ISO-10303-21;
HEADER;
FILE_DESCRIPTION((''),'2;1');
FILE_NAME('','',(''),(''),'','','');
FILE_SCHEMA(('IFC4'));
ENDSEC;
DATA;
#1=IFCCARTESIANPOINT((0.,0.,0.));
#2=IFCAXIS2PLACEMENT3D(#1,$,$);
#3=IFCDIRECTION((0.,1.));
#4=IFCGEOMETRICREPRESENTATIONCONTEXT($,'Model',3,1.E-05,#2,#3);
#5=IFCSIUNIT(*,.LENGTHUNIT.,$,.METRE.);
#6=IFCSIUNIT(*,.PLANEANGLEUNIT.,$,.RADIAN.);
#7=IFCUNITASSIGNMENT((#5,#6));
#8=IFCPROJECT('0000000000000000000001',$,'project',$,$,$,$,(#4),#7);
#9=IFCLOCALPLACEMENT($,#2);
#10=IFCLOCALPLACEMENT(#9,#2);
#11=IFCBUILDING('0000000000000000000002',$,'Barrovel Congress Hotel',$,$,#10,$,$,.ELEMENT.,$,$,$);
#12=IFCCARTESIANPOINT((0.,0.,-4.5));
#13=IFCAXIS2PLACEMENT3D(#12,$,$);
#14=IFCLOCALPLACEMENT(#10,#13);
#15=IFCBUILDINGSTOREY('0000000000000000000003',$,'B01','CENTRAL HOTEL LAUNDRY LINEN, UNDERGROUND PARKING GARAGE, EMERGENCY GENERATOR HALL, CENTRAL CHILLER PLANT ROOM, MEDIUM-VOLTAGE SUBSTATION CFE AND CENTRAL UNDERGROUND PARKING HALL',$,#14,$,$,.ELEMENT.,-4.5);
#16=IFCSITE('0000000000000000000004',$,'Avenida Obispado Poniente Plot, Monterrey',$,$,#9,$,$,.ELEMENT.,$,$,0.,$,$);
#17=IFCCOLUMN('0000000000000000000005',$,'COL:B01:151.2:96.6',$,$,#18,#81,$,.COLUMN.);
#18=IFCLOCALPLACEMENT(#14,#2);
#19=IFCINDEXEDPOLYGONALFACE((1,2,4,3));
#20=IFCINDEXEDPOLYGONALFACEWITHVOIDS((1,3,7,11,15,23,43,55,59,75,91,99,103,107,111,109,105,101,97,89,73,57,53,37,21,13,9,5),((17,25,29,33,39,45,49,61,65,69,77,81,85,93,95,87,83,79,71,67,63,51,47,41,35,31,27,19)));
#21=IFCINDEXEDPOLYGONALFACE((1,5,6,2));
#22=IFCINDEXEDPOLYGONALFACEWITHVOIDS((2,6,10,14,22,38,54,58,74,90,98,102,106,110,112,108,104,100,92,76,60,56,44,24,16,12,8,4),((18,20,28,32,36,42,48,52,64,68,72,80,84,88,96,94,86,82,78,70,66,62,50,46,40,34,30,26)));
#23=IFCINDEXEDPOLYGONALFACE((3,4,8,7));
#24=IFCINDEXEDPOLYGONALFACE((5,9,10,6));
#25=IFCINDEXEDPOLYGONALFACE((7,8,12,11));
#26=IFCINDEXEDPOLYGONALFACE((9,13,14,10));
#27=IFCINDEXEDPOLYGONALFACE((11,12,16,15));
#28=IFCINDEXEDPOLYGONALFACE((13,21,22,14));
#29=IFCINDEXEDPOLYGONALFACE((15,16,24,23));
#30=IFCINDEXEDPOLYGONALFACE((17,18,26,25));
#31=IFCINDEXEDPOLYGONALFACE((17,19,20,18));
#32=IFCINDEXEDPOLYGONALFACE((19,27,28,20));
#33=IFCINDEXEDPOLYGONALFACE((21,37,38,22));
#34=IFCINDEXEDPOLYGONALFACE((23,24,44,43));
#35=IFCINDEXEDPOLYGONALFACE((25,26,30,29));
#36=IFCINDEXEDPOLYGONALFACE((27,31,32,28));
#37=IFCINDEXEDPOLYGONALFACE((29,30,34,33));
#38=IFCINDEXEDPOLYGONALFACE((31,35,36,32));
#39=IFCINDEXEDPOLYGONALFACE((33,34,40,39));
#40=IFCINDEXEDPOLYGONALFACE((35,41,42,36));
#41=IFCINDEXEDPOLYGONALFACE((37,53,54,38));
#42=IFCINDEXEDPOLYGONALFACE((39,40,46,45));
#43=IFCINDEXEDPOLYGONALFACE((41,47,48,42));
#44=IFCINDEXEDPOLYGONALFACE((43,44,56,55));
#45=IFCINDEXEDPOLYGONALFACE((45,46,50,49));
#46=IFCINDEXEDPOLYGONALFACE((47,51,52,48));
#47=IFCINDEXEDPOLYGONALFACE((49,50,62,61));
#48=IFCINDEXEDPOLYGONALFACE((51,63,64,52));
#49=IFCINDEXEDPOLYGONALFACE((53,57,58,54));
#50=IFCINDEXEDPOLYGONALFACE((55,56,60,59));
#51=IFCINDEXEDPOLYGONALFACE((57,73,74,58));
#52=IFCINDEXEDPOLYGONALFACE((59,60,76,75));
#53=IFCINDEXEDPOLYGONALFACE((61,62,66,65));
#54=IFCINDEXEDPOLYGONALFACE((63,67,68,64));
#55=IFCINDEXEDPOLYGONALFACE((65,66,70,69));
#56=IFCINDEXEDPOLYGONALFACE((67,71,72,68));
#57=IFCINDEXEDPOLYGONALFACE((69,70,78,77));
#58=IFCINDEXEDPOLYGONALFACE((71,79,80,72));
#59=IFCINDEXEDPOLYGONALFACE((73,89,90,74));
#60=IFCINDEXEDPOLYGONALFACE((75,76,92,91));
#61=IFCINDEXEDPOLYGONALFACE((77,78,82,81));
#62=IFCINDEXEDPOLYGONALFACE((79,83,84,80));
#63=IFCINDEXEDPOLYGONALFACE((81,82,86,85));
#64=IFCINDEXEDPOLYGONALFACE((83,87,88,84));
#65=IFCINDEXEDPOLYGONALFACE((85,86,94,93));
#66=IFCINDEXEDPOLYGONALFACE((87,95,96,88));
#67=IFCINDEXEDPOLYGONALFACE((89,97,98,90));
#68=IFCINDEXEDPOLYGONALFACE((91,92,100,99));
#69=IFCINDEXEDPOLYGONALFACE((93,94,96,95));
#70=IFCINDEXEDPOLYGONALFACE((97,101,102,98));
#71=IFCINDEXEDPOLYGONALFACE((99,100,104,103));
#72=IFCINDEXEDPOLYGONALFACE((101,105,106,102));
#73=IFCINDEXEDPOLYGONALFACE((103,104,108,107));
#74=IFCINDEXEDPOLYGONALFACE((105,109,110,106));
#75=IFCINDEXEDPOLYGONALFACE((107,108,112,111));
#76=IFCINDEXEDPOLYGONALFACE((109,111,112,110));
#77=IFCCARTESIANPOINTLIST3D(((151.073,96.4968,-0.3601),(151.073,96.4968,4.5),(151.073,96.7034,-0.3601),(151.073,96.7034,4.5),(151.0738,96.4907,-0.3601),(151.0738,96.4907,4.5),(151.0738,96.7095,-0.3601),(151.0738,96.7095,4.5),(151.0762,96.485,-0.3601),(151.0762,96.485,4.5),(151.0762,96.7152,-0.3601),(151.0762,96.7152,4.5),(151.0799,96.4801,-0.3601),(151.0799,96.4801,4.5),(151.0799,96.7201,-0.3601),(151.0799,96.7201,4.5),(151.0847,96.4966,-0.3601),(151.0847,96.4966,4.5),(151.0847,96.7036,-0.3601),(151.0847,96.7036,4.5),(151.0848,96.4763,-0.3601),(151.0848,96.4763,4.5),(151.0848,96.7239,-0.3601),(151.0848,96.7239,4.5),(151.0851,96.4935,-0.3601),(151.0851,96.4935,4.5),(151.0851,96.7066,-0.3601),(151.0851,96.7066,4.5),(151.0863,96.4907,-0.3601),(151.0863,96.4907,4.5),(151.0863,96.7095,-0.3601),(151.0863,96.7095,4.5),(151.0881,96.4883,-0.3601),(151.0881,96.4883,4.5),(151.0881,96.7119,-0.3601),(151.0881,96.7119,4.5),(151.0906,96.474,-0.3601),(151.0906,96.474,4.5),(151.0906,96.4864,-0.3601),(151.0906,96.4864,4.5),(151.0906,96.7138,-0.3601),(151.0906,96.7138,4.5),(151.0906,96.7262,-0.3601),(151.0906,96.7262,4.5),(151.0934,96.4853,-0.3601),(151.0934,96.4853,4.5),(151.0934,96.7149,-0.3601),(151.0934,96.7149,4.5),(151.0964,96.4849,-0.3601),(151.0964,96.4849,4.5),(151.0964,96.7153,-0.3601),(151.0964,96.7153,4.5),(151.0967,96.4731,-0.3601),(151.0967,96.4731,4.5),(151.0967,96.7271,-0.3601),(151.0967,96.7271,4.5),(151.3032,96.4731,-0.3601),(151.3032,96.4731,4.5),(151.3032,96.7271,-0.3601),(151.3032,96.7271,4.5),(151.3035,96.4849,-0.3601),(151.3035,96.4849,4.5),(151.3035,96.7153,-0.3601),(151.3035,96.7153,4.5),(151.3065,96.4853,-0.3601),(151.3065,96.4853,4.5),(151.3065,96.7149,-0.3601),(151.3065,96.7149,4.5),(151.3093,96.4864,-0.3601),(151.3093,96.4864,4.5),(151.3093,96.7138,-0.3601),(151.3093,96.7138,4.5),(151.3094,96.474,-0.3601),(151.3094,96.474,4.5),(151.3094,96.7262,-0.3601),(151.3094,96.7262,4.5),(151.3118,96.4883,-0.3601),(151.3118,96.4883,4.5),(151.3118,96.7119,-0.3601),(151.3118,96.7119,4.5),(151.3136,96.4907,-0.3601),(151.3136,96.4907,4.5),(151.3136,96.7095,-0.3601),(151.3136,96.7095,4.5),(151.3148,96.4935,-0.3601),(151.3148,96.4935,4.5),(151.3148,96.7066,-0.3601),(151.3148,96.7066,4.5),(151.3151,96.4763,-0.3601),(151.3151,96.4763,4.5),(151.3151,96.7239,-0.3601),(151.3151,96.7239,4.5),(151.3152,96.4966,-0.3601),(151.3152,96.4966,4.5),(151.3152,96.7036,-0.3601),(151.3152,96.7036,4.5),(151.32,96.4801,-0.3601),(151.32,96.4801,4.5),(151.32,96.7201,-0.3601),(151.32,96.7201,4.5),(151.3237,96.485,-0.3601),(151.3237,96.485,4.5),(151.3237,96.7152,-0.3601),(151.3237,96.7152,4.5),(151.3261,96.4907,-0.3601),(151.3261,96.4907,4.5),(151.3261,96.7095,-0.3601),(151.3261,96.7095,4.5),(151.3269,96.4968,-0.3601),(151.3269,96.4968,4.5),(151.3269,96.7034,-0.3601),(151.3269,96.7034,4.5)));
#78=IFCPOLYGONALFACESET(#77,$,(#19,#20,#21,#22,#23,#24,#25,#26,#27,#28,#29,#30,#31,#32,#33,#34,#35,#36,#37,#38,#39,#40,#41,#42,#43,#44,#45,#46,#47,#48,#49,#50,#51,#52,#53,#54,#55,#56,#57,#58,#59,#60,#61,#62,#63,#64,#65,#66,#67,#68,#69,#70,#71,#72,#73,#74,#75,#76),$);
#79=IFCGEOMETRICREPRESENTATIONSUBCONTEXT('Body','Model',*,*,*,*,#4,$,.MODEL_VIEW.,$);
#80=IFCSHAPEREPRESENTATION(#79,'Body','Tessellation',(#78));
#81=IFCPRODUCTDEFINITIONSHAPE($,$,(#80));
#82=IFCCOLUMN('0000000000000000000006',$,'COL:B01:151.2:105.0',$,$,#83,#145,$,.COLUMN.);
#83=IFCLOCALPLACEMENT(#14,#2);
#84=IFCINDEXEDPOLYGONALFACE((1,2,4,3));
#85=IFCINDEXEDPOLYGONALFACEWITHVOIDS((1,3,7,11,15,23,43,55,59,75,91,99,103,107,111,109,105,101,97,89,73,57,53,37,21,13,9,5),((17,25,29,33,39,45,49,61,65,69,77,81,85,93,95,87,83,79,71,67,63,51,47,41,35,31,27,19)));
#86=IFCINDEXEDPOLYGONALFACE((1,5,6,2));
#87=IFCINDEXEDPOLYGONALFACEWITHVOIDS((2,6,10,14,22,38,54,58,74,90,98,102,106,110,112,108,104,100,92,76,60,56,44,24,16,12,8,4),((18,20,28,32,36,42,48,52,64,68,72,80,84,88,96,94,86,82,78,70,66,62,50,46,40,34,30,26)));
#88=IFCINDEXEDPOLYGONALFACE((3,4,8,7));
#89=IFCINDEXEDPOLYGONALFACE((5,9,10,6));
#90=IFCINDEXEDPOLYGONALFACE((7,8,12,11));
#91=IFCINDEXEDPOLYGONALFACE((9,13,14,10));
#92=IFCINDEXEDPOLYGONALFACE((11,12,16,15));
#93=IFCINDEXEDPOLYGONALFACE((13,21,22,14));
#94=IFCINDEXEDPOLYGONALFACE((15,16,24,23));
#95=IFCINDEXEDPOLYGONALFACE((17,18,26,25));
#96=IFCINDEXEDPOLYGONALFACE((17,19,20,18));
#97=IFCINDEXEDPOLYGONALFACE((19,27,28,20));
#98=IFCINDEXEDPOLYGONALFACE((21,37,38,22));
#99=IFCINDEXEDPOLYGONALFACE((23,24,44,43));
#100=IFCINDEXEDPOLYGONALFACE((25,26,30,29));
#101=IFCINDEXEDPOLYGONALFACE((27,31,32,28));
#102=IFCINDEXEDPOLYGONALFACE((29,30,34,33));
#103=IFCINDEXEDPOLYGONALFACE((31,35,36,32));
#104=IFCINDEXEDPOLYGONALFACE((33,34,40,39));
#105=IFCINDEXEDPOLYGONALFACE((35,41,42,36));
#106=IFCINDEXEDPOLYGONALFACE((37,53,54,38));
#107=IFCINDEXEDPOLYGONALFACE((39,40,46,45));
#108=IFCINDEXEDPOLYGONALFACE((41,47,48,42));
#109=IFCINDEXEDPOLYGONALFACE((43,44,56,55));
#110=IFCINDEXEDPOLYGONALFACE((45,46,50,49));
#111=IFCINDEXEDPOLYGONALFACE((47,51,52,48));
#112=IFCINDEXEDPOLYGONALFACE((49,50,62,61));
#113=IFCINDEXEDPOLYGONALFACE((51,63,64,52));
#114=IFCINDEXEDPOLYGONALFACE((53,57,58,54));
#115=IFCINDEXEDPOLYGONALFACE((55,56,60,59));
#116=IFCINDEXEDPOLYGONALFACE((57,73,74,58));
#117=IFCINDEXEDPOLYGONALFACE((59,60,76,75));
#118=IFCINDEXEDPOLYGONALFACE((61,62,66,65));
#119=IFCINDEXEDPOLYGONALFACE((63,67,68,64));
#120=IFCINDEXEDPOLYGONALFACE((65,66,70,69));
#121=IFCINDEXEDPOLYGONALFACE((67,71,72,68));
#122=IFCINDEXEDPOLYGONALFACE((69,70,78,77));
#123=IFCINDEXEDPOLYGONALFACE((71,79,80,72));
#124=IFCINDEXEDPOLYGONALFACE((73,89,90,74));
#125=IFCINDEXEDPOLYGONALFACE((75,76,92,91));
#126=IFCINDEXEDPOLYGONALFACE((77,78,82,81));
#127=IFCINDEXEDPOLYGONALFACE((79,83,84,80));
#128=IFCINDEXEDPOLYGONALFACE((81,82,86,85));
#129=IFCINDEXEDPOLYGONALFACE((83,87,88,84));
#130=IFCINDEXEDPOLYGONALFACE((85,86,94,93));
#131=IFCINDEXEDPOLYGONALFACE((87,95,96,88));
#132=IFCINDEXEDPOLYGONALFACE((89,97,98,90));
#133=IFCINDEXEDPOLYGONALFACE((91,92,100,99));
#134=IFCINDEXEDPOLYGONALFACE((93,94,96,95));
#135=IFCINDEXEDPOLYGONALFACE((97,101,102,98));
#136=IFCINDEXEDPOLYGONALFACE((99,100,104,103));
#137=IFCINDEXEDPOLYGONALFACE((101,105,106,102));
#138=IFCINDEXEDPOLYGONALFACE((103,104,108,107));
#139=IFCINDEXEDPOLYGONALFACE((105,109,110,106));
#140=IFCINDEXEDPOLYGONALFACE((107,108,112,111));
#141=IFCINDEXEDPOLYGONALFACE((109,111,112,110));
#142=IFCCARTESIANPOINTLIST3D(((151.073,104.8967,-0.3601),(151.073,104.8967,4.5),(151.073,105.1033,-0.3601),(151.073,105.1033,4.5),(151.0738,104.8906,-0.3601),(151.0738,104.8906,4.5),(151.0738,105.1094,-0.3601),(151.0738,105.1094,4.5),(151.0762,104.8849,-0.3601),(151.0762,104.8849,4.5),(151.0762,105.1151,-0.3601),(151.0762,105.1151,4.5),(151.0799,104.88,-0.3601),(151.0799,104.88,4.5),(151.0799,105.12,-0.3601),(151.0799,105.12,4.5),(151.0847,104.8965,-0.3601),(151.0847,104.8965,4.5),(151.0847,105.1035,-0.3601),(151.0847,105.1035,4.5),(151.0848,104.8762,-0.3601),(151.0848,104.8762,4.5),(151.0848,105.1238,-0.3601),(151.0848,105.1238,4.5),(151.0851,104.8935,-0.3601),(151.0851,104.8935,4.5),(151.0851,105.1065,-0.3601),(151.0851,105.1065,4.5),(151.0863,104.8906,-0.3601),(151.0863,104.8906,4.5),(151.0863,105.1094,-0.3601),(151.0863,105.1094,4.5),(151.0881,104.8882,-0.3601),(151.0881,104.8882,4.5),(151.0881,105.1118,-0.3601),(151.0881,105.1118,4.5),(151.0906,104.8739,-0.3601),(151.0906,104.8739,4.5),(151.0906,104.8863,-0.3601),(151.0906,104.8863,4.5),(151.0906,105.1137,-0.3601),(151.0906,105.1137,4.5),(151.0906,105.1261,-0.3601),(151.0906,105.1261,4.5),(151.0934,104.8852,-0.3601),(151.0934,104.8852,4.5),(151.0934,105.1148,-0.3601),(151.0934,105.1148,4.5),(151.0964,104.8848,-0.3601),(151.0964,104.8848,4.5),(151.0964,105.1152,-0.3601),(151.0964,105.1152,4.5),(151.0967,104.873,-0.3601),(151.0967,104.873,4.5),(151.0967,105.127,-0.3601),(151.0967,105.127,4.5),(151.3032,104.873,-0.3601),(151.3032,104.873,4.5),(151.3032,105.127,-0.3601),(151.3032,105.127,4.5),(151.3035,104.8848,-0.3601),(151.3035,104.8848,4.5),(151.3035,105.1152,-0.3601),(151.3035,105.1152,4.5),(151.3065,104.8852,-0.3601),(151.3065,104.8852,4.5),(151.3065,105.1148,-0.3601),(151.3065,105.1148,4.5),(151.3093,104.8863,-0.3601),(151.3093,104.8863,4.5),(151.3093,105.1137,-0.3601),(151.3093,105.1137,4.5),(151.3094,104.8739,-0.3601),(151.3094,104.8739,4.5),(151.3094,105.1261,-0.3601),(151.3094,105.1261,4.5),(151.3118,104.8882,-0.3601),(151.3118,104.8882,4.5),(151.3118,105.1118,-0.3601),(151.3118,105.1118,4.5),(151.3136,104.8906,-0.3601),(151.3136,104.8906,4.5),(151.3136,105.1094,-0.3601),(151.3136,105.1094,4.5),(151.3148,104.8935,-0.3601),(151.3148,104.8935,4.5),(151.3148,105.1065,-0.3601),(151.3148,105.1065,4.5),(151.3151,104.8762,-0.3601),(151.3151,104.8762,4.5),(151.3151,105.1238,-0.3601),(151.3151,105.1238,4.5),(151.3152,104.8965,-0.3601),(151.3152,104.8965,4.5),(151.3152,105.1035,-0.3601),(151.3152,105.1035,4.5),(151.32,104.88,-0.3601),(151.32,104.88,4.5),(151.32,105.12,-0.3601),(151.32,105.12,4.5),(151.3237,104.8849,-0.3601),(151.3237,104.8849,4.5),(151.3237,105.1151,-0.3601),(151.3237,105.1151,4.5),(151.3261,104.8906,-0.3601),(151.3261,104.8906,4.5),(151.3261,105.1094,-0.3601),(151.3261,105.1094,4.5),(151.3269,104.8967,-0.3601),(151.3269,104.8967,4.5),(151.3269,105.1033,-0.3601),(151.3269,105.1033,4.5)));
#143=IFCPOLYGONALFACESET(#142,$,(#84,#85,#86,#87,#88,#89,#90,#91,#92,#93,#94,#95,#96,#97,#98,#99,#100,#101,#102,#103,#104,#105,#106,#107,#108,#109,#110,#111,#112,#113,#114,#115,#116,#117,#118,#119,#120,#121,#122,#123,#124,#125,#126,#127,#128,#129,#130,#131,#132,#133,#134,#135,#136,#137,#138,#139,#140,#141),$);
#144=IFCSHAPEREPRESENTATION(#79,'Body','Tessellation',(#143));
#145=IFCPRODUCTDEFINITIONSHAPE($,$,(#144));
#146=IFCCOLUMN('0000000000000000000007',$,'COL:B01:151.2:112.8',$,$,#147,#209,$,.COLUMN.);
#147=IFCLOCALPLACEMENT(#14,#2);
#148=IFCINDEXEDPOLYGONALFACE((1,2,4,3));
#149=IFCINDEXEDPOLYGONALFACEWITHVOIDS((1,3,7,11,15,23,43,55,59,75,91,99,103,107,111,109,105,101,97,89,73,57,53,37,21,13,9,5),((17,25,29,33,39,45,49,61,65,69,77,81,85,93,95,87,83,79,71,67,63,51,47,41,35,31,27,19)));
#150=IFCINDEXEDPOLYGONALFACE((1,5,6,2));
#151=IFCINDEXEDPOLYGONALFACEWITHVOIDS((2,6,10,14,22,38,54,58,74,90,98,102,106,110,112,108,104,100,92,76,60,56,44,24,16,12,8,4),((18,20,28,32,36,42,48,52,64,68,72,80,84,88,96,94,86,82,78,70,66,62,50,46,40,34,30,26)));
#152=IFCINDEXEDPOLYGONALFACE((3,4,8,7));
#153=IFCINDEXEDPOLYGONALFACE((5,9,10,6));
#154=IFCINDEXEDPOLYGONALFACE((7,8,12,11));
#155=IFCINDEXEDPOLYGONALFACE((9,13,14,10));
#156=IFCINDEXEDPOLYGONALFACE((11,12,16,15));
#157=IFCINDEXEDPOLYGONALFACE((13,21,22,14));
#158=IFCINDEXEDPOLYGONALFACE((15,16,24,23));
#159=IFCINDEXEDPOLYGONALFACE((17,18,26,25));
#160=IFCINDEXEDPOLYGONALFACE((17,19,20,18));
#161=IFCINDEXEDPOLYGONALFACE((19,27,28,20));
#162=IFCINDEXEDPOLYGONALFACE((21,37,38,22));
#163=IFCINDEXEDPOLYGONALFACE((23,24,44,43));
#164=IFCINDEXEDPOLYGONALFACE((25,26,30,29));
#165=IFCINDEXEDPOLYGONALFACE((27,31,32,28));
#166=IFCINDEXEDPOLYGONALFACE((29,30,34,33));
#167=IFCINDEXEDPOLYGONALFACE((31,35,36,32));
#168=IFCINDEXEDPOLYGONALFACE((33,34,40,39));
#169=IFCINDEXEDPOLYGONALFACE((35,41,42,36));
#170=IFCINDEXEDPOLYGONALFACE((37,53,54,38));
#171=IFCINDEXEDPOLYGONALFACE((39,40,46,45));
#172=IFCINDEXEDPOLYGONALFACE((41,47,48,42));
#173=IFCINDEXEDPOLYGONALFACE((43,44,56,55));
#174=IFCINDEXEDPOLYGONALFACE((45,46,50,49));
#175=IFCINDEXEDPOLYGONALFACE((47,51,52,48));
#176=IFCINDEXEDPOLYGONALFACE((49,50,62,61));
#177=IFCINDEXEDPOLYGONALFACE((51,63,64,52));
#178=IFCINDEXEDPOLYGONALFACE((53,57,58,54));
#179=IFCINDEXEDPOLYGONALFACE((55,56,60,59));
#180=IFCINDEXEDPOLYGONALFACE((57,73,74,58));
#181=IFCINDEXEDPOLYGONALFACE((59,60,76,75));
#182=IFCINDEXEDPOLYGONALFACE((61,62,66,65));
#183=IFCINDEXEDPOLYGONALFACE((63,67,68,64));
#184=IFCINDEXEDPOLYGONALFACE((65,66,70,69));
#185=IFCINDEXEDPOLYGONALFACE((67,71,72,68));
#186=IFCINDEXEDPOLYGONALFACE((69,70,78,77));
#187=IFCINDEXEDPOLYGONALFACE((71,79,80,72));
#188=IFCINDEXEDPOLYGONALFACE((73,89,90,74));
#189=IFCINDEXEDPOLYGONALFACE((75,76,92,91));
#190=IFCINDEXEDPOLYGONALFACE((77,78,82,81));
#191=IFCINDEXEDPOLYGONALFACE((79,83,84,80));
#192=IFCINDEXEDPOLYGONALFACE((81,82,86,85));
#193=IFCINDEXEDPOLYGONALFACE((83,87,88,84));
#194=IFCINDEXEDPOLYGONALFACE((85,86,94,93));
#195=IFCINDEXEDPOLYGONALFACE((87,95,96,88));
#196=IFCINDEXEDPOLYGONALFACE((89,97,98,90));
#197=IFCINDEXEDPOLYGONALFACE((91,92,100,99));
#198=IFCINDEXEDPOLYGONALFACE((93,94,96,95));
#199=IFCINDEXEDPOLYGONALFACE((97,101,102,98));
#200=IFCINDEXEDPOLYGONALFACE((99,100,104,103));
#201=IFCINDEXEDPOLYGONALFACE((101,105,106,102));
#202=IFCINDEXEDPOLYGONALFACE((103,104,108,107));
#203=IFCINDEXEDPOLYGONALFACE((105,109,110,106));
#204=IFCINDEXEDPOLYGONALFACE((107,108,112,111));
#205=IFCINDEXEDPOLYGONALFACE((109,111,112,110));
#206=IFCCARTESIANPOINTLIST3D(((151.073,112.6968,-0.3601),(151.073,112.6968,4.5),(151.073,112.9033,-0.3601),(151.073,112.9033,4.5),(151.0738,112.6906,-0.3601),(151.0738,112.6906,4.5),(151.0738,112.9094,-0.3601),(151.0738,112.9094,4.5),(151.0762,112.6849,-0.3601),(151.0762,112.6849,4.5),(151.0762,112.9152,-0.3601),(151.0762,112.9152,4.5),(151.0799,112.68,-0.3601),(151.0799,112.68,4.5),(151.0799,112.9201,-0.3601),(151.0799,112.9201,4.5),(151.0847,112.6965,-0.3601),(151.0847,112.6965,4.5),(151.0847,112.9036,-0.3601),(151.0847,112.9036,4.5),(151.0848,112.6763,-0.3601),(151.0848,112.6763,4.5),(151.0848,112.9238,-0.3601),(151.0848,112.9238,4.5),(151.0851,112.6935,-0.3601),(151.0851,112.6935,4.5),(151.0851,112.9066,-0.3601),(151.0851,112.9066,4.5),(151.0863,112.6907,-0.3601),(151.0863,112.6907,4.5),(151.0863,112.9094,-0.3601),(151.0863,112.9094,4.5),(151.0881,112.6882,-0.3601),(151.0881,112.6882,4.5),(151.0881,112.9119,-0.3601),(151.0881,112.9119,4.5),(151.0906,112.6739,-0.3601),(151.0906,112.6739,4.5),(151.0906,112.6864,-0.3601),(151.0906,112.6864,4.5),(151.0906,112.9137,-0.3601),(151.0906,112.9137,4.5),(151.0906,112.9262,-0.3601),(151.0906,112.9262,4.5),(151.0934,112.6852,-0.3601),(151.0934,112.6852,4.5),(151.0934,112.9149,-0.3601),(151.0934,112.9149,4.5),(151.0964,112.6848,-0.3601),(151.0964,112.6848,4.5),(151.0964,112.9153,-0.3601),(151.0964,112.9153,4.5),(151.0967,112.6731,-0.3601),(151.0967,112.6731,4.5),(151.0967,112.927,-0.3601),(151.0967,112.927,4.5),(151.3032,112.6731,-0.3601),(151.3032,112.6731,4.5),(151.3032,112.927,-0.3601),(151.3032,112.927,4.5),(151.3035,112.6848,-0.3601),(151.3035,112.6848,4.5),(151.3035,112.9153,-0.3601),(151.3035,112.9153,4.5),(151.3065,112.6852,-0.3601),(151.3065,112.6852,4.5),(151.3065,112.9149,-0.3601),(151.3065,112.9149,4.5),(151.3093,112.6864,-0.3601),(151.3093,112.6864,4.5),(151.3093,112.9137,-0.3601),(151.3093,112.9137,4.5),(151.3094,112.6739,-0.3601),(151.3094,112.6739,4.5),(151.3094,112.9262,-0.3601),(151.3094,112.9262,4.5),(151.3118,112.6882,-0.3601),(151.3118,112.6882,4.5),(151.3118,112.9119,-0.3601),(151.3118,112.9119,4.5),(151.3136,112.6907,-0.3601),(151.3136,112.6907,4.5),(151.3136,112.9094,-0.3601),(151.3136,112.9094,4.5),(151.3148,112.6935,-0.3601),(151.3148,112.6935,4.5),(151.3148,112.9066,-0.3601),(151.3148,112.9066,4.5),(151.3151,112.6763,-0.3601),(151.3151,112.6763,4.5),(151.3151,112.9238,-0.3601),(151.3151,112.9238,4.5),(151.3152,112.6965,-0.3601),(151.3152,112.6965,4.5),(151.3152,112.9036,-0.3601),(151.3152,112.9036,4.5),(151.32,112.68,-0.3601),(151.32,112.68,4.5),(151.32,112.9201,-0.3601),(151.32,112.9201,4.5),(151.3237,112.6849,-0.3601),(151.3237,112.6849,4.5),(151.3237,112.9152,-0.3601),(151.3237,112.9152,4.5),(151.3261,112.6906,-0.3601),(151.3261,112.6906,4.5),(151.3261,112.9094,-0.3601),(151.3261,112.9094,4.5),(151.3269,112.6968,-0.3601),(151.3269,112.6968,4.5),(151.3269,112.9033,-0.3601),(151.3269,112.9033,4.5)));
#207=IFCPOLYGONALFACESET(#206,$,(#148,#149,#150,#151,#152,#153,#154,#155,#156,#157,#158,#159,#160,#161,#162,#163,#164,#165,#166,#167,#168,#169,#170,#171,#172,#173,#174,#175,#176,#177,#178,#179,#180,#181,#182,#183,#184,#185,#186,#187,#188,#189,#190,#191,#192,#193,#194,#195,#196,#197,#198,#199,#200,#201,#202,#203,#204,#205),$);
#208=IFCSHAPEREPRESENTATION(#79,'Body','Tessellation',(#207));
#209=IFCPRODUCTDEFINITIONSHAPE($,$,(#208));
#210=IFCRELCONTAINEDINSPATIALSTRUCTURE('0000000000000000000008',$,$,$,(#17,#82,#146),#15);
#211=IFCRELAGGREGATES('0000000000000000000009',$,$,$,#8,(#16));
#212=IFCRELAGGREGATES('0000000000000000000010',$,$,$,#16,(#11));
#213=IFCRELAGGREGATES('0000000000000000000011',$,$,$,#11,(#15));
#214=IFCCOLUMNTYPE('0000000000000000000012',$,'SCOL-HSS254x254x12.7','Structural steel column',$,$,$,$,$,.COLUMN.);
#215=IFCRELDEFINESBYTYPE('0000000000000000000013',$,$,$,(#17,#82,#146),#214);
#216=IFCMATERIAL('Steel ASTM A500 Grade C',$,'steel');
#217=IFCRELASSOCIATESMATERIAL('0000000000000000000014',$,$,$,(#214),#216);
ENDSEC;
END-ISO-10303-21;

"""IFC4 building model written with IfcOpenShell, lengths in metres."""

from ifc_helpers import new_model, si_unit, direction, frame, origin, origin_2d, place, context, subcontext, project, spatial, hollow_rectangle, extrude, material, material_profile, profile_set, type_object, element, save


model = new_model("IFC4")

# Units and contexts
model_context = context("Model", 3, precision=1e-05, world=origin(), true_north=direction((0.0, 1.0)))
body_context = subcontext(model_context, "Body", "Model", "MODEL_VIEW")
ifc_project = project(units=[si_unit("LENGTHUNIT", "METRE"), si_unit("PLANEANGLEUNIT", "RADIAN")], contexts=[model_context])

# Site, building, storey
site_placement = place(None, origin())
site = spatial("IfcSite", under=ifc_project, at=site_placement, Name="Avenida Obispado Poniente Plot, Monterrey", CompositionType="ELEMENT", RefElevation=0.0)
building_placement = place(site_placement, origin())
building = spatial("IfcBuilding", under=site, at=building_placement, Name="Barrovel Congress Hotel", CompositionType="ELEMENT")
storey_placement = place(building_placement, frame((0.0, 0.0, -4.5)))
storey = spatial("IfcBuildingStorey", under=building, at=storey_placement, Name="B01", Description="CENTRAL HOTEL LAUNDRY LINEN, UNDERGROUND PARKING GARAGE, EMERGENCY GENERATOR HALL, CENTRAL CHILLER PLANT ROOM, MEDIUM-VOLTAGE SUBSTATION CFE AND CENTRAL UNDERGROUND PARKING HALL", CompositionType="ELEMENT", Elevation=-4.5)

# Columns
ifc_material_1 = material(Name="Steel ASTM A500 Grade C", Category="steel")
ifc_material_profile_1 = material_profile(ifc_material_1, hollow_rectangle(XDim=0.2539, YDim=0.2539, WallThickness=0.0117, InnerFilletRadius=0.0117, OuterFilletRadius=0.0237, at=origin_2d()), Name="HSS254x254x12.7")
ifc_profile_set_1 = profile_set([ifc_material_profile_1], Name="Steel ASTM A500 Grade C")
column_type_1 = type_object("IfcColumnType", Name="SCOL-HSS254x254x12.7", Description="Structural steel column", PredefinedType="COLUMN", material=ifc_profile_set_1)
for number, where, z_axis, x_axis, name in (
    (1, (151.2, 96.6001, -0.3601), (0.0, 0.0, 1.0), (1.0, 0.0, 0.0), "COL:B01:151.2:96.6"),
    (2, (151.2, 105.0, -0.3601), (0.0, 0.0, 1.0), (1.0, 0.0, 0.0), "COL:B01:151.2:105.0"),
    (3, (151.2, 112.8, -0.3601), (0.0, 0.0, 1.0), (1.0, 0.0, 0.0), "COL:B01:151.2:112.8"),
):
    element("IfcColumn", number, at=place(storey_placement, frame(where, z_axis=z_axis, x_axis=x_axis)), inside=storey, type_object=column_type_1, Name=name, PredefinedType="COLUMN", context=body_context, shape_type="SweptSolid", body=[
        extrude(hollow_rectangle(XDim=0.2539, YDim=0.2539, WallThickness=0.0117, InnerFilletRadius=0.0117, OuterFilletRadius=0.0237, at=origin_2d()), origin(), (0.0, 0.0, 1.0), 4.8601),
    ])

save(model, "model.ifc")
